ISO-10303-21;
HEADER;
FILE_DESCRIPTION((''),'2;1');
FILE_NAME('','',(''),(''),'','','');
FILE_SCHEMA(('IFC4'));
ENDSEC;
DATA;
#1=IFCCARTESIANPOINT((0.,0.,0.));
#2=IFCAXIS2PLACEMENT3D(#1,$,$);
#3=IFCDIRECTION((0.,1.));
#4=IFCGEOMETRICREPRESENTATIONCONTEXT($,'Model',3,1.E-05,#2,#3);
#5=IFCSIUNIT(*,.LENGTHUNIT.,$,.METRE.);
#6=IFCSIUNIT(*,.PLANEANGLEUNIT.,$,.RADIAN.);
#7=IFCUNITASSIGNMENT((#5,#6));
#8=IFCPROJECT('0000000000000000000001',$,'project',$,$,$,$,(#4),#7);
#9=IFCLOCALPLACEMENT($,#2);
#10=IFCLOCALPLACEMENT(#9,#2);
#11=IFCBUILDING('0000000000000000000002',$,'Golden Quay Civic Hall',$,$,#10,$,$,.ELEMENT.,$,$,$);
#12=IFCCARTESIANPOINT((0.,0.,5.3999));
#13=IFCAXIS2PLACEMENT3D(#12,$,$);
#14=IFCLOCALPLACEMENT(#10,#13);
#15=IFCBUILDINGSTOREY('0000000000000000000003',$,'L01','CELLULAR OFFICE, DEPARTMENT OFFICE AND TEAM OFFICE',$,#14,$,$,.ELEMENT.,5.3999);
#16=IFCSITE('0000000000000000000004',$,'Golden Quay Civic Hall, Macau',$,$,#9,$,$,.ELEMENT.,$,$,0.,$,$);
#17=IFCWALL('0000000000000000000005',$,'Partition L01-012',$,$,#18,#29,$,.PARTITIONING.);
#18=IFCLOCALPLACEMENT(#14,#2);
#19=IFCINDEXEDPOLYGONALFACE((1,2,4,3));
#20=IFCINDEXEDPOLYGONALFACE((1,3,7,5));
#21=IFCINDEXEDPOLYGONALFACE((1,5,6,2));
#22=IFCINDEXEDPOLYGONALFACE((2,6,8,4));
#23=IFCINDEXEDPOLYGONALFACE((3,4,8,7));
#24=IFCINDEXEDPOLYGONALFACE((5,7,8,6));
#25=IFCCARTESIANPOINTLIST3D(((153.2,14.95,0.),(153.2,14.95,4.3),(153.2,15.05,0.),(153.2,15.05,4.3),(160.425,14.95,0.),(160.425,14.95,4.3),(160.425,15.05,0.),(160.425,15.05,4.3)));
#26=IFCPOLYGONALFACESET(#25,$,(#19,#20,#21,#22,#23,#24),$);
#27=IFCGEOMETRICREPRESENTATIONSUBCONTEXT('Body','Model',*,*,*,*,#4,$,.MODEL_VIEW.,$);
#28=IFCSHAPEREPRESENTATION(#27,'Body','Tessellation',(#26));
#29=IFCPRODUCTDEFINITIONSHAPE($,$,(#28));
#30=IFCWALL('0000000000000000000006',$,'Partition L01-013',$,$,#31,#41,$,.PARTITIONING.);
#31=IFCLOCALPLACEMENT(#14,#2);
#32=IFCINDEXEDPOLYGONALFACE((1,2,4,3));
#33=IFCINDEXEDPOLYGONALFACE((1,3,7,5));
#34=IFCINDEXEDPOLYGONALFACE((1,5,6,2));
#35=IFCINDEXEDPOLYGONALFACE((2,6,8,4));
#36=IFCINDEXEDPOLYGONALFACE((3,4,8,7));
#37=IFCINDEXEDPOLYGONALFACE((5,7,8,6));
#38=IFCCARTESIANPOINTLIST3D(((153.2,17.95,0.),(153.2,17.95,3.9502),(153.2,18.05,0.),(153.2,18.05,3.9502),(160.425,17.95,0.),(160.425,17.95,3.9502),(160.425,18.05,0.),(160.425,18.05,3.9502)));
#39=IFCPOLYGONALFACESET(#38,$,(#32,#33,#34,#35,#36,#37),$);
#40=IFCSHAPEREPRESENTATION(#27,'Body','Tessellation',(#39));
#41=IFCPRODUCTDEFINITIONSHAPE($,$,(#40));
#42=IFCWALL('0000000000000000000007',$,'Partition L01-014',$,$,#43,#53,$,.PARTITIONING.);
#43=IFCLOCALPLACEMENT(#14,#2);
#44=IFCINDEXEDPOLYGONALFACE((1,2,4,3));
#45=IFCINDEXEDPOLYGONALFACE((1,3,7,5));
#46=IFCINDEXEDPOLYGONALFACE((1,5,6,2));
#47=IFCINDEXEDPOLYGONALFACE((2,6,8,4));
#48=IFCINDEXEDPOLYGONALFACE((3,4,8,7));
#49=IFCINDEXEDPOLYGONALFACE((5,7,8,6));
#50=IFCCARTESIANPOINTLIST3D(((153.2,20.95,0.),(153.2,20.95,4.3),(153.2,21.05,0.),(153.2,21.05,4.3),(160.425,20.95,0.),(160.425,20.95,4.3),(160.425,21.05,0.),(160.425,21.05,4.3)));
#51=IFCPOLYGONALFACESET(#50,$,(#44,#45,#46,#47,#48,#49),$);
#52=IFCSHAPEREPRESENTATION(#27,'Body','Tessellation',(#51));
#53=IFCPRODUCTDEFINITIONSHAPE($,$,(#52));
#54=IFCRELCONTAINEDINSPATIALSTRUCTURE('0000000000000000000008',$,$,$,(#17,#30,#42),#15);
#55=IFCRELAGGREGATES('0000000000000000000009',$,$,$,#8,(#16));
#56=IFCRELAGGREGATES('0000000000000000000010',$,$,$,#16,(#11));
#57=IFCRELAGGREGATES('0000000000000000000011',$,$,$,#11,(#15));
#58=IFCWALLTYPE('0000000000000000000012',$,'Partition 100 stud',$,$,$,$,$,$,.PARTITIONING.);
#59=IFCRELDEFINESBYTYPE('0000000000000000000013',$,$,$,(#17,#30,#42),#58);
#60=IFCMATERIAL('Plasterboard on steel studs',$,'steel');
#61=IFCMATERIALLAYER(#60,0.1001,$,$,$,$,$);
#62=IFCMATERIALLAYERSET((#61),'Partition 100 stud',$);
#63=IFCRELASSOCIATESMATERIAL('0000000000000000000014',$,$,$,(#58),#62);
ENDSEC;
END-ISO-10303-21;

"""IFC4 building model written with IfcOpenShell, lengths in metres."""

from ifc_helpers import new_model, si_unit, direction, frame, frame_2d, origin, place, context, subcontext, project, spatial, rectangle, extrude, material, layer, layer_set, type_object, element, save


model = new_model("IFC4")

# Units and contexts
model_context = context("Model", 3, precision=1e-05, world=origin(), true_north=direction((0.0, 1.0)))
body_context = subcontext(model_context, "Body", "Model", "MODEL_VIEW")
ifc_project = project(units=[si_unit("LENGTHUNIT", "METRE"), si_unit("PLANEANGLEUNIT", "RADIAN")], contexts=[model_context])

# Site, building, storey
site_placement = place(None, origin())
site = spatial("IfcSite", under=ifc_project, at=site_placement, Name="Golden Quay Civic Hall, Macau", CompositionType="ELEMENT", RefElevation=0.0)
building_placement = place(site_placement, origin())
building = spatial("IfcBuilding", under=site, at=building_placement, Name="Golden Quay Civic Hall", CompositionType="ELEMENT")
storey_placement = place(building_placement, frame((0.0, 0.0, 5.3999)))
storey = spatial("IfcBuildingStorey", under=building, at=storey_placement, Name="L01", Description="CELLULAR OFFICE, DEPARTMENT OFFICE AND TEAM OFFICE", CompositionType="ELEMENT", Elevation=5.3999)

# Walls
ifc_material_1 = material(Name="Plasterboard on steel studs", Category="steel")
ifc_layer = layer(ifc_material_1, 0.1001)
ifc_layer_set = layer_set([ifc_layer], Name="Partition 100 stud")
wall_type = type_object("IfcWallType", Name="Partition 100 stud", PredefinedType="PARTITIONING", material=ifc_layer_set)
wall_1_placement = place(storey_placement, frame((153.2, 15.0, 0.0), z_axis=(0.0, 0.0, 1.0), x_axis=(1.0, 0.0, 0.0)))
element("IfcWall", 1, at=wall_1_placement, inside=storey, type_object=wall_type, Name="Partition L01-012", PredefinedType="PARTITIONING", context=body_context, shape_type="SweptSolid", body=[
    extrude(rectangle(XDim=7.2251, YDim=0.1001, at=frame_2d((3.6125, 0.0))), origin(), (0.0, 0.0, 1.0), 4.3),
])
wall_2_placement = place(storey_placement, frame((153.2, 18.0, 0.0), z_axis=(0.0, 0.0, 1.0), x_axis=(1.0, 0.0, 0.0)))
element("IfcWall", 2, at=wall_2_placement, inside=storey, type_object=wall_type, Name="Partition L01-013", PredefinedType="PARTITIONING", context=body_context, shape_type="SweptSolid", body=[
    extrude(rectangle(XDim=7.2251, YDim=0.1001, at=frame_2d((3.6125, 0.0))), origin(), (0.0, 0.0, 1.0), 3.9502),
])
wall_3_placement = place(storey_placement, frame((153.2, 21.0, 0.0), z_axis=(0.0, 0.0, 1.0), x_axis=(1.0, 0.0, 0.0)))
element("IfcWall", 3, at=wall_3_placement, inside=storey, type_object=wall_type, Name="Partition L01-014", PredefinedType="PARTITIONING", context=body_context, shape_type="SweptSolid", body=[
    extrude(rectangle(XDim=7.2251, YDim=0.1001, at=frame_2d((3.6125, 0.0))), origin(), (0.0, 0.0, 1.0), 4.3),
])

save(model, "model.ifc")
